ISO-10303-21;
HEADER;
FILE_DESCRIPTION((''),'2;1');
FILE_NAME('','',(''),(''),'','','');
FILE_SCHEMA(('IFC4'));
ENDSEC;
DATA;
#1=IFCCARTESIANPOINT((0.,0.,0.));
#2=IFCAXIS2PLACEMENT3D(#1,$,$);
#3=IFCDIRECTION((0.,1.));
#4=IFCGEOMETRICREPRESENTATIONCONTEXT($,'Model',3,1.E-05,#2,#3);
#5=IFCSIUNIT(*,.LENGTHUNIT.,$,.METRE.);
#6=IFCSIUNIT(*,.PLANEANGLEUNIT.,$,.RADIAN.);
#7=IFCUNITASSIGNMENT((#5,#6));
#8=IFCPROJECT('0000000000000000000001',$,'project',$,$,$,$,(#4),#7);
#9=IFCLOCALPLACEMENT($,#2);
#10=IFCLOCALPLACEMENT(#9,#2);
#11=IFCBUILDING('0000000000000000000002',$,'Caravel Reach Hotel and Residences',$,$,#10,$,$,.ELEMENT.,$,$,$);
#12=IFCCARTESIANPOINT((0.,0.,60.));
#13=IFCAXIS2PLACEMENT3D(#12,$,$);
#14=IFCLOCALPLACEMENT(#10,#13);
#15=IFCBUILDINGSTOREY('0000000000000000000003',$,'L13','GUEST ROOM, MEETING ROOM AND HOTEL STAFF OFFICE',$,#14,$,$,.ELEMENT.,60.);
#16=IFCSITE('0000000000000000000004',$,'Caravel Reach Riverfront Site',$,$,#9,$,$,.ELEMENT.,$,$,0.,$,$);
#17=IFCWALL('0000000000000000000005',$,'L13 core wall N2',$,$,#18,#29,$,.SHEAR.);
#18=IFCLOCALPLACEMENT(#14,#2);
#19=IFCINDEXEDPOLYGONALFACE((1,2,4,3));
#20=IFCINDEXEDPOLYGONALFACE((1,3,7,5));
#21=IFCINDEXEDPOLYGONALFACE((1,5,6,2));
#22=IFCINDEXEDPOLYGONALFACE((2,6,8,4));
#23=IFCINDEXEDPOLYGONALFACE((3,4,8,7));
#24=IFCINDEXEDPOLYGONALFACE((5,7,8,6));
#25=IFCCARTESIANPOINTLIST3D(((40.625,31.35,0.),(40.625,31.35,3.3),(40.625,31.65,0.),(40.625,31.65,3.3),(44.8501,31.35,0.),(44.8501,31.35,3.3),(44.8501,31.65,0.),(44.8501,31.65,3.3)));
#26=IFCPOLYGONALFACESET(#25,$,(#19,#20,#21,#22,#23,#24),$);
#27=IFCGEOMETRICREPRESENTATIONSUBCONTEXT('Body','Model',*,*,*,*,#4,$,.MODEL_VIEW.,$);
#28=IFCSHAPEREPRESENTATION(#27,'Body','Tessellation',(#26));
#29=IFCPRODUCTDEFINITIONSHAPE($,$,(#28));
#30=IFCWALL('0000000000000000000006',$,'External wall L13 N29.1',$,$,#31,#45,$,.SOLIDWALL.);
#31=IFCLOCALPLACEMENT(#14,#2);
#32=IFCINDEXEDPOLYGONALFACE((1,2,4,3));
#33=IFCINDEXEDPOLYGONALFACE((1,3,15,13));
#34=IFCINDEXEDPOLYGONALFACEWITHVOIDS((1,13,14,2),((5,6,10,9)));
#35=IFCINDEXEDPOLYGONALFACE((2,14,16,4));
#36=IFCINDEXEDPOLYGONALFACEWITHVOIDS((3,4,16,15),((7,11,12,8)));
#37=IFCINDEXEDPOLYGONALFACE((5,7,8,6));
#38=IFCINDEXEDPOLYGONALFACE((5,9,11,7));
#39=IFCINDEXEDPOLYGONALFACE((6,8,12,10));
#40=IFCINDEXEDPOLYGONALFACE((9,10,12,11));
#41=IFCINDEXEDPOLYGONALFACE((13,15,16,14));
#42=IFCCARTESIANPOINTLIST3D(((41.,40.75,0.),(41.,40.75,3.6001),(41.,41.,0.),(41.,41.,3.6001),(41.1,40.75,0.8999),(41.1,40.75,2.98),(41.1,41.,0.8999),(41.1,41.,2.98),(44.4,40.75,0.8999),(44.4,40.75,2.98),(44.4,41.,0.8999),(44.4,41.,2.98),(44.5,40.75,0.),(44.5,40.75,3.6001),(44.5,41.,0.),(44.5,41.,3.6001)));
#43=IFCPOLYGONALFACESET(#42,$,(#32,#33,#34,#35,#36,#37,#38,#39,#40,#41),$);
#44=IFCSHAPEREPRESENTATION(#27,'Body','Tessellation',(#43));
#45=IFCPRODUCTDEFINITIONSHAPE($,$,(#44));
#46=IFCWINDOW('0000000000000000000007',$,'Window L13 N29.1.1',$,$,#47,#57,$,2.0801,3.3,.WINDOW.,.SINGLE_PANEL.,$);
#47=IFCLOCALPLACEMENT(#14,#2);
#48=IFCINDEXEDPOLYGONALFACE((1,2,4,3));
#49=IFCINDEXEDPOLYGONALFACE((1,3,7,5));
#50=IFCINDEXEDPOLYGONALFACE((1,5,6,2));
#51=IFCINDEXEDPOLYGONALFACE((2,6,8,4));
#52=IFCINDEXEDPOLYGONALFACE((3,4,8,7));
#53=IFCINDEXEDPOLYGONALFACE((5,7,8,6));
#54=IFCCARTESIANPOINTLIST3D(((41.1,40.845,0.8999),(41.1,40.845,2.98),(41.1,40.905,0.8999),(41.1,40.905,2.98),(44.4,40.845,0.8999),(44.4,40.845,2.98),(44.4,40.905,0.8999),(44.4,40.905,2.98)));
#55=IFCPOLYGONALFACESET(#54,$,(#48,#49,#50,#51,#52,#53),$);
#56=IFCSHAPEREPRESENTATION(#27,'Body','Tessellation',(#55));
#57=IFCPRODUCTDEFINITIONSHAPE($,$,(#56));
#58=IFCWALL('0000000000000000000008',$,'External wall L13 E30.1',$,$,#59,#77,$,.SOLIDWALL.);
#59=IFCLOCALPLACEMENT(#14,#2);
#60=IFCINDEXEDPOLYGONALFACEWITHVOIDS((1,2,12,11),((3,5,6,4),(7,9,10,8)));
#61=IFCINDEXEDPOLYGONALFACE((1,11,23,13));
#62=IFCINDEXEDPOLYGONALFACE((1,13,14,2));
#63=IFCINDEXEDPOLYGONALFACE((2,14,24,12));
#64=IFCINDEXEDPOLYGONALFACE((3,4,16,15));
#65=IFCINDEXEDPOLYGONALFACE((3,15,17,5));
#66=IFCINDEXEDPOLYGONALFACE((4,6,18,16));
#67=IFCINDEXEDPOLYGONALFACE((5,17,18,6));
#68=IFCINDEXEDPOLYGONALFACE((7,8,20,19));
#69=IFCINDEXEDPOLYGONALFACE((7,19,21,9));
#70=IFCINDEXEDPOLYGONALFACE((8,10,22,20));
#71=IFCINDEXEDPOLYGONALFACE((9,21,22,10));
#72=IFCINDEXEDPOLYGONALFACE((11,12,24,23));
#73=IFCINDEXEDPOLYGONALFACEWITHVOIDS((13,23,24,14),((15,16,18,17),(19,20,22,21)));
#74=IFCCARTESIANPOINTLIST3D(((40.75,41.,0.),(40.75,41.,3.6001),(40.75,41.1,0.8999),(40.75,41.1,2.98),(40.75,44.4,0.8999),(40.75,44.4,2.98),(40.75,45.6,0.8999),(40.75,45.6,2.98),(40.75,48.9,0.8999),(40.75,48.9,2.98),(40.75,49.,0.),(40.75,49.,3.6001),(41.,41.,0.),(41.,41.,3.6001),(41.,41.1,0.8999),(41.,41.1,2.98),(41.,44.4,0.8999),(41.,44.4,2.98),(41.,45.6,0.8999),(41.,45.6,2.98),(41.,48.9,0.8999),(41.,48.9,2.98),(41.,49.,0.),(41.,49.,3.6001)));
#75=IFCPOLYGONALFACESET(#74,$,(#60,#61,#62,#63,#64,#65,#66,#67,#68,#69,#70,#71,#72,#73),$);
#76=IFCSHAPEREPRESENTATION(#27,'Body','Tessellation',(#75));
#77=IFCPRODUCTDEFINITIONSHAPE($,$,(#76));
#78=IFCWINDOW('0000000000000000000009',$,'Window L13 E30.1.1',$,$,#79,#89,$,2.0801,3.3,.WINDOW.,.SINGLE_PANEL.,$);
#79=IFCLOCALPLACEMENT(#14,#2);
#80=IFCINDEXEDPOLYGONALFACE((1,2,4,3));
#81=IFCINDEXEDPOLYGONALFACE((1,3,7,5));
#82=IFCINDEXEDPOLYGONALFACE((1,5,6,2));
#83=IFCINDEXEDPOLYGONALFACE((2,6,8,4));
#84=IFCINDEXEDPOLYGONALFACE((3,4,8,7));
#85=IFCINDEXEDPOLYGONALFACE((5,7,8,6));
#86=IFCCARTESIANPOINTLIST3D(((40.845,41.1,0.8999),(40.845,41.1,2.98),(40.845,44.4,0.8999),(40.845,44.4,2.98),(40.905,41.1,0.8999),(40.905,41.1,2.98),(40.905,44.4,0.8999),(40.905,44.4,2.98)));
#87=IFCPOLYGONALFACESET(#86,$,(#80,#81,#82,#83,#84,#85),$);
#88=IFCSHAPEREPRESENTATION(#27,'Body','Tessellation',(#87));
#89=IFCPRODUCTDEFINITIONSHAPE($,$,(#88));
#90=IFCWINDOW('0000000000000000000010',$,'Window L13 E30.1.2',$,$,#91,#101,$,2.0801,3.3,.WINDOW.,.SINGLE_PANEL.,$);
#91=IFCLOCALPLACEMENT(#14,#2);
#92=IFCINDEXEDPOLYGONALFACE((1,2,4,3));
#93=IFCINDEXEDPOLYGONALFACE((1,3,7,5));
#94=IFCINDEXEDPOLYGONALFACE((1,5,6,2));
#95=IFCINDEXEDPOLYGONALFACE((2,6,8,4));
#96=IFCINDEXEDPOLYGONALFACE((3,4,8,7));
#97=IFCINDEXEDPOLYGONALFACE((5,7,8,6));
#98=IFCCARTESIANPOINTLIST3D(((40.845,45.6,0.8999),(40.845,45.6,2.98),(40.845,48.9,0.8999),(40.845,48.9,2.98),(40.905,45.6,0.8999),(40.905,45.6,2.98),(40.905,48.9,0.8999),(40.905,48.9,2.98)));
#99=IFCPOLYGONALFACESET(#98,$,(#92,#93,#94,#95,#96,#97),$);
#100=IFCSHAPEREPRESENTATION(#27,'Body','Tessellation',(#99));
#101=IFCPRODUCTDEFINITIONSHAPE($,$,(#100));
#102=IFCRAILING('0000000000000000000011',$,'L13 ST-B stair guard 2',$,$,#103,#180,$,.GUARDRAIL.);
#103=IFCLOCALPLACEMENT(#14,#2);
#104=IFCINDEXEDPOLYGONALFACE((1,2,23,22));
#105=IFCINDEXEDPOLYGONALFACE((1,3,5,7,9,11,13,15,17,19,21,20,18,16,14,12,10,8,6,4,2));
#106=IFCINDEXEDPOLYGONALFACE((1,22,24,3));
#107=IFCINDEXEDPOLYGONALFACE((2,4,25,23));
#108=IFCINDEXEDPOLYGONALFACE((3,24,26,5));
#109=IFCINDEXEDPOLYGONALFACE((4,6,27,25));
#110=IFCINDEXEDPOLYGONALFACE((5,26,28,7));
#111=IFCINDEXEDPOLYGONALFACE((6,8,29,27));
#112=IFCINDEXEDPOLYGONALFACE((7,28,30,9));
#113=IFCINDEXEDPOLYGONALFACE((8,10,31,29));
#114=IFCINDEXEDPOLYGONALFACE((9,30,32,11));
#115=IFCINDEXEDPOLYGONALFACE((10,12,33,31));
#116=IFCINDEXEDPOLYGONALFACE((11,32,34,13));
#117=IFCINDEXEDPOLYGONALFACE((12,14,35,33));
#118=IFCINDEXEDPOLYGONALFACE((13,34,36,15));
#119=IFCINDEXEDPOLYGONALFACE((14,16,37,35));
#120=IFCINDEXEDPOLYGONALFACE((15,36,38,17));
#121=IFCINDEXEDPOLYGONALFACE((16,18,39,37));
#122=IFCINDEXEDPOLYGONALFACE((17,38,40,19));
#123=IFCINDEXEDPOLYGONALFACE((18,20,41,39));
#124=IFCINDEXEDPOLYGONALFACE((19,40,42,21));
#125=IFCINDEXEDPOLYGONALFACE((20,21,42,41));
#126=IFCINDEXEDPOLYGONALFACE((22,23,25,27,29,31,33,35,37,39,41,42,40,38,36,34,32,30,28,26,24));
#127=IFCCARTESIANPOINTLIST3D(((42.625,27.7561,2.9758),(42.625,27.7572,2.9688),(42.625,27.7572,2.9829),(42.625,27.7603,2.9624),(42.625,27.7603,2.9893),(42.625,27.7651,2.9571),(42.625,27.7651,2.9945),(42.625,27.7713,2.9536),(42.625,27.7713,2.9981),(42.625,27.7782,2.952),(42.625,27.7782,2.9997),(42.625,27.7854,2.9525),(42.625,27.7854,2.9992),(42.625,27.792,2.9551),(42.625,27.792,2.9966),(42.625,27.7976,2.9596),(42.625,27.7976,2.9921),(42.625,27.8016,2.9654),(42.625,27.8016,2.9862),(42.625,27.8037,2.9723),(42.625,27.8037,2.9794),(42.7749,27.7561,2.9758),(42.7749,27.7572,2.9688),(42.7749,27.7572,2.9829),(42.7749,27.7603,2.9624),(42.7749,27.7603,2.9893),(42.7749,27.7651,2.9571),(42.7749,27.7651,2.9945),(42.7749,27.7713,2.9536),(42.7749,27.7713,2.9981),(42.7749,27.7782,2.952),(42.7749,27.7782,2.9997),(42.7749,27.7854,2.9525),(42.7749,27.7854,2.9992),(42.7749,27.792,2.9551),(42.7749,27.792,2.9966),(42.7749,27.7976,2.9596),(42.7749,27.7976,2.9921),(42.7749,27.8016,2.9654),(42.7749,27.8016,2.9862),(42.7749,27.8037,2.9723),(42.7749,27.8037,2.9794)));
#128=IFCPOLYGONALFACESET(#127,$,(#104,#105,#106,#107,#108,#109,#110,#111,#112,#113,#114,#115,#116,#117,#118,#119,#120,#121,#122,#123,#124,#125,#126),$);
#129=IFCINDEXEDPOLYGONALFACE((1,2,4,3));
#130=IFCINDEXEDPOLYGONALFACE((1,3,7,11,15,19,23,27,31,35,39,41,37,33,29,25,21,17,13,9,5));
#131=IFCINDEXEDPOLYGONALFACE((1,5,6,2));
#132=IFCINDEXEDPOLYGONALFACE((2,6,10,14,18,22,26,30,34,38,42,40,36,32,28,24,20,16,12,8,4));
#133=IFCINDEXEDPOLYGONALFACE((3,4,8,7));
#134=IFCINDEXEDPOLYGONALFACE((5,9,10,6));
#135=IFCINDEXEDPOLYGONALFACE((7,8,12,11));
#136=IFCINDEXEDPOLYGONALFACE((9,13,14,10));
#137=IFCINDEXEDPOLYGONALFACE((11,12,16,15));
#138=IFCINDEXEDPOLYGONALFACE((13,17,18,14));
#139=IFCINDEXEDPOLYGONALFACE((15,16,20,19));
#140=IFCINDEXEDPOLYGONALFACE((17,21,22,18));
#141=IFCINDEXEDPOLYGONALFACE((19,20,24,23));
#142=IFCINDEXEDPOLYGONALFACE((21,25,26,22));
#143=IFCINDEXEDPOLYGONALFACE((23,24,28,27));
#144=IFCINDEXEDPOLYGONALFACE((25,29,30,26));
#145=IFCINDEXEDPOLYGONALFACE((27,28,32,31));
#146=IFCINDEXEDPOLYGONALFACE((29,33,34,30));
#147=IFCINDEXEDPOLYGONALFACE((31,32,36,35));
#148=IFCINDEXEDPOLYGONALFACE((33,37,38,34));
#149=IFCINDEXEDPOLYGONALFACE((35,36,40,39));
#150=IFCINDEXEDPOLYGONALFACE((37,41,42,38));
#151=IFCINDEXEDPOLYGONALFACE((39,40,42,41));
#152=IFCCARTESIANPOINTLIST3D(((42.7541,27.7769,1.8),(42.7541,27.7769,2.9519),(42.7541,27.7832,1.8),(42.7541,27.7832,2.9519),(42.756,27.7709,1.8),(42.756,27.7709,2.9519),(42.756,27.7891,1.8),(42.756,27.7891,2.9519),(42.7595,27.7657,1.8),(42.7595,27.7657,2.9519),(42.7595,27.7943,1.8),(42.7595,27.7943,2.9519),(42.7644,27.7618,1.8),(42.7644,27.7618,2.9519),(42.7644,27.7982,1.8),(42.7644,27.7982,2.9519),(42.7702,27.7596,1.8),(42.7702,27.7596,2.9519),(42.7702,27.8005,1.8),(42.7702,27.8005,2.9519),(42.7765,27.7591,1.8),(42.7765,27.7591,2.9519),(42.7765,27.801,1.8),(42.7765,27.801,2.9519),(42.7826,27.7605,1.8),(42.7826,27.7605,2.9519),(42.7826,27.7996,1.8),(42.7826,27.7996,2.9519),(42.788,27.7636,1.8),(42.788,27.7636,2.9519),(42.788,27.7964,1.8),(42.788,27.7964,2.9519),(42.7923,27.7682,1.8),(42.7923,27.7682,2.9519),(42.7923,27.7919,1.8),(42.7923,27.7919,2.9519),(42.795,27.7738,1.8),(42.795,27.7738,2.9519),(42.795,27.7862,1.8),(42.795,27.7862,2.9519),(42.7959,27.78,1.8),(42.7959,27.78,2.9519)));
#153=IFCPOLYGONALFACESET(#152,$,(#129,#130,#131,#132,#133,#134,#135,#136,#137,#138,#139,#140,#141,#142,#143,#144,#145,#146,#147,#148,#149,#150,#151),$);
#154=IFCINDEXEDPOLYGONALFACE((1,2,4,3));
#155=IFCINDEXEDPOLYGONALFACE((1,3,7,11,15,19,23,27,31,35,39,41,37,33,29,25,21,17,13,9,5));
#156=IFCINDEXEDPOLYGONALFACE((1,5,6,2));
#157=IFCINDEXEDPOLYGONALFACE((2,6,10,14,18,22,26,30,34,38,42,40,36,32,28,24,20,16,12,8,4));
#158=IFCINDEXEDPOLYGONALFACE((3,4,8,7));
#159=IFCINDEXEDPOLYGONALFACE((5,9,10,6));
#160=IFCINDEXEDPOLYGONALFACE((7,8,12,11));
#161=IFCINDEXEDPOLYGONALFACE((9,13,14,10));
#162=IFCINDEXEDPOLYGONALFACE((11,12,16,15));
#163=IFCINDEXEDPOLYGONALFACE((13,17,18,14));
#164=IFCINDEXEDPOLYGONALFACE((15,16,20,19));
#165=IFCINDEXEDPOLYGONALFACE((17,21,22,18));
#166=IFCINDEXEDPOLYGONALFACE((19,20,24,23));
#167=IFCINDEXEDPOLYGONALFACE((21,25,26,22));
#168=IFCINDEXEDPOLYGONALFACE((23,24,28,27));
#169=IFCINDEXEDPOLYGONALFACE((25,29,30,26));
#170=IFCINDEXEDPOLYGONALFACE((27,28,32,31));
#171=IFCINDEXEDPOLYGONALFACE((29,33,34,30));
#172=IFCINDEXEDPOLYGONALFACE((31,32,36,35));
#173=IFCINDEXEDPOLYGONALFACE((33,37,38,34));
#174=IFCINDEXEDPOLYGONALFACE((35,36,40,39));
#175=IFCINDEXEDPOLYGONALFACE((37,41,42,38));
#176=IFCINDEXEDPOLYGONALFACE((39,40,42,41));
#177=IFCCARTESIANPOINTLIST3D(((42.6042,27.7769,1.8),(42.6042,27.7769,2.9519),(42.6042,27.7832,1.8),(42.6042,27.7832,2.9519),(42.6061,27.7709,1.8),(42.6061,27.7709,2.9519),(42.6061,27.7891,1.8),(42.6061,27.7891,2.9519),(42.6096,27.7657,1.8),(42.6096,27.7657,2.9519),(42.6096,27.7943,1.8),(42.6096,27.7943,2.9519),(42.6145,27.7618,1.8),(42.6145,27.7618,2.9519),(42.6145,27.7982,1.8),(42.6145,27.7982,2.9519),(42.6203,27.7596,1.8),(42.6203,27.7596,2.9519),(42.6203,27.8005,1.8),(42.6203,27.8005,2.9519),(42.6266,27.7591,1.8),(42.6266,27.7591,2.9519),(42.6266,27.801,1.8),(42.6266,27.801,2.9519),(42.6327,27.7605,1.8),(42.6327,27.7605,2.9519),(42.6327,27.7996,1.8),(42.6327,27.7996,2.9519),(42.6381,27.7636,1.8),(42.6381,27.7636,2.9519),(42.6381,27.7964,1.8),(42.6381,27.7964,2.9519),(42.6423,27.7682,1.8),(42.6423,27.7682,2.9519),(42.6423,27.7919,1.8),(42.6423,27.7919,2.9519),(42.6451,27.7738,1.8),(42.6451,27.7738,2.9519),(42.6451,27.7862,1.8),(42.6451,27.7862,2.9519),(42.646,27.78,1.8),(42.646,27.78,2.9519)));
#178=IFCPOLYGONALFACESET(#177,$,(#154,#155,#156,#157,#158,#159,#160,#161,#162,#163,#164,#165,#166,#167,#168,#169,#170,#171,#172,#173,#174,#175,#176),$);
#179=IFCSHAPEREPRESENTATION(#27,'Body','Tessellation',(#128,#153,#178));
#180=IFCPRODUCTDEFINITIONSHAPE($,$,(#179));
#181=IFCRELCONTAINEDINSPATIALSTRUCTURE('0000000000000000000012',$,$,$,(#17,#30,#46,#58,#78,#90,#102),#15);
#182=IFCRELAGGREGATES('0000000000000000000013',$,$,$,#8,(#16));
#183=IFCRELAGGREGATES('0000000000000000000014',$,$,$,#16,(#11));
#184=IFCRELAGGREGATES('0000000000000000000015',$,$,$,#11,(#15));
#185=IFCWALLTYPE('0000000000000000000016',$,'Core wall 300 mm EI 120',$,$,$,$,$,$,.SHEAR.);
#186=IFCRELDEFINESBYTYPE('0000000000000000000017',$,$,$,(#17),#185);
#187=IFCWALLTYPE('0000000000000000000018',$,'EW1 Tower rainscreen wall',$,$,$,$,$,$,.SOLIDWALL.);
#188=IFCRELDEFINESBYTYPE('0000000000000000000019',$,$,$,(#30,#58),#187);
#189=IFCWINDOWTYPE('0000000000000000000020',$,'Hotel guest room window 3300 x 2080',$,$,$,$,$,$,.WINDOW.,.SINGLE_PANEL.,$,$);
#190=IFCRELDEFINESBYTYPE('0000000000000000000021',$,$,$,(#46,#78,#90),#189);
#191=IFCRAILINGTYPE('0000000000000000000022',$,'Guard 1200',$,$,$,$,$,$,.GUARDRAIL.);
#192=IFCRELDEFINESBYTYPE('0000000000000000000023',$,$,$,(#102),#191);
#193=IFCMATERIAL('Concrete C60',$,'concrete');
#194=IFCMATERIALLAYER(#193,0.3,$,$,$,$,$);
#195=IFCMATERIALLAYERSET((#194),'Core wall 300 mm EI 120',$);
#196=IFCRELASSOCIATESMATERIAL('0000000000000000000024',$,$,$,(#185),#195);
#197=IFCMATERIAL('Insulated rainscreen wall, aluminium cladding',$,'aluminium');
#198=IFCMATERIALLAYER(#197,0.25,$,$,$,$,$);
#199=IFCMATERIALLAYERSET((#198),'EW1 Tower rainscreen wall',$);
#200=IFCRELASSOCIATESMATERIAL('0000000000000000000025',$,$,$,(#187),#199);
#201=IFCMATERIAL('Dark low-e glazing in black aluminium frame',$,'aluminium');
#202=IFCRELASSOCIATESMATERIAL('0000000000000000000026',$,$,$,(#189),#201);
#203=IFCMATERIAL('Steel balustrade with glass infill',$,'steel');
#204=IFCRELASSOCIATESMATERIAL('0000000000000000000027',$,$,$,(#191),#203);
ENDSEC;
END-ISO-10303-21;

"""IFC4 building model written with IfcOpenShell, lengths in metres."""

from ifc_helpers import new_model, si_unit, direction, frame, frame_2d, origin, origin_2d, place, context, subcontext, project, spatial, rectangle, circle, extrude, material, layer, layer_set, type_object, element, fill, save


model = new_model("IFC4")

# Units and contexts
model_context = context("Model", 3, precision=1e-05, world=origin(), true_north=direction((0.0, 1.0)))
body_context = subcontext(model_context, "Body", "Model", "MODEL_VIEW")
ifc_project = project(units=[si_unit("LENGTHUNIT", "METRE"), si_unit("PLANEANGLEUNIT", "RADIAN")], contexts=[model_context])

# Site, building, storey
site_placement = place(None, origin())
site = spatial("IfcSite", under=ifc_project, at=site_placement, Name="Caravel Reach Riverfront Site", CompositionType="ELEMENT", RefElevation=0.0)
building_placement = place(site_placement, origin())
building = spatial("IfcBuilding", under=site, at=building_placement, Name="Caravel Reach Hotel and Residences", CompositionType="ELEMENT")
storey_placement = place(building_placement, frame((0.0, 0.0, 60.0)))
storey = spatial("IfcBuildingStorey", under=building, at=storey_placement, Name="L13", Description="GUEST ROOM, MEETING ROOM AND HOTEL STAFF OFFICE", CompositionType="ELEMENT", Elevation=60.0)

# Wall
ifc_material_1 = material(Name="Concrete C60", Category="concrete")
ifc_layer_1 = layer(ifc_material_1, 0.3)
ifc_layer_set_1 = layer_set([ifc_layer_1], Name="Core wall 300 mm EI 120")
wall_type_1 = type_object("IfcWallType", Name="Core wall 300 mm EI 120", PredefinedType="SHEAR", material=ifc_layer_set_1)
wall_1_placement = place(storey_placement, frame((40.625, 31.5, 0.0), z_axis=(0.0, 0.0, 1.0), x_axis=(1.0, 0.0, 0.0)))
element("IfcWall", 1, at=wall_1_placement, inside=storey, type_object=wall_type_1, Name="L13 core wall N2", PredefinedType="SHEAR", context=body_context, shape_type="SweptSolid", body=[
    extrude(rectangle(XDim=4.2251, YDim=0.3, at=frame_2d((2.1125, 0.0))), origin(), (0.0, 0.0, 1.0), 3.3),
])

# Wall, opening, window
ifc_material_2 = material(Name="Insulated rainscreen wall, aluminium cladding", Category="aluminium")
ifc_layer_2 = layer(ifc_material_2, 0.25)
ifc_layer_set_2 = layer_set([ifc_layer_2], Name="EW1 Tower rainscreen wall")
wall_type_2 = type_object("IfcWallType", Name="EW1 Tower rainscreen wall", PredefinedType="SOLIDWALL", material=ifc_layer_set_2)
wall_2_placement = place(storey_placement, frame((44.5, 40.875, 0.0), z_axis=(0.0, 0.0, 1.0), x_axis=(-1.0, 0.0, 0.0)))
wall_2 = element("IfcWall", 2, at=wall_2_placement, inside=storey, type_object=wall_type_2, Name="External wall L13 N29.1", PredefinedType="SOLIDWALL", context=body_context, shape_type="SweptSolid", body=[
    extrude(rectangle(XDim=3.5, YDim=0.25, at=frame_2d((1.75, 0.0))), origin(), (0.0, 0.0, 1.0), 3.6001),
])
opening_1_placement = place(wall_2_placement, frame((0.1001, 0.0, 0.8999)))
opening_1 = element("IfcOpeningElement", 3, at=opening_1_placement, cuts=wall_2, PredefinedType="OPENING", context=body_context, shape_type="SweptSolid", body=[
    extrude(rectangle(XDim=3.3, YDim=2.0801, at=frame_2d((1.6499, 1.04))), frame((0.0, 0.135, 0.0), z_axis=(0.0, -1.0, 0.0), x_axis=(1.0, 0.0, 0.0)), (0.0, 0.0, 1.0), 0.27),
])
ifc_material_3 = material(Name="Dark low-e glazing in black aluminium frame", Category="aluminium")
window_type = type_object("IfcWindowType", Name="Hotel guest room window 3300 x 2080", PartitioningType="SINGLE_PANEL", PredefinedType="WINDOW", material=ifc_material_3)
window_1_placement = place(opening_1_placement, origin())
window_1 = element("IfcWindow", 4, at=window_1_placement, inside=storey, type_object=window_type, Name="Window L13 N29.1.1", OverallHeight=2.0801, OverallWidth=3.3, PartitioningType="SINGLE_PANEL", PredefinedType="WINDOW", context=body_context, shape_type="SweptSolid", body=[
    extrude(rectangle(XDim=3.3, YDim=2.0801, at=frame_2d((1.6499, 1.04))), frame((0.0, 0.03, 0.0), z_axis=(0.0, -1.0, 0.0), x_axis=(1.0, 0.0, 0.0)), (0.0, 0.0, 1.0), 0.0601),
])
fill(opening_1, window_1)

# Wall, openings, windows
wall_3_placement = place(storey_placement, frame((40.875, 41.0, 0.0), z_axis=(0.0, 0.0, 1.0), x_axis=(0.0, 1.0, 0.0)))
wall_3 = element("IfcWall", 5, at=wall_3_placement, inside=storey, type_object=wall_type_2, Name="External wall L13 E30.1", PredefinedType="SOLIDWALL", context=body_context, shape_type="SweptSolid", body=[
    extrude(rectangle(XDim=8.0, YDim=0.25, at=frame_2d((4.0, 0.0))), origin(), (0.0, 0.0, 1.0), 3.6001),
])
opening_2_placement = place(wall_3_placement, frame((0.1001, 0.0, 0.8999)))
opening_2 = element("IfcOpeningElement", 6, at=opening_2_placement, cuts=wall_3, PredefinedType="OPENING", context=body_context, shape_type="SweptSolid", body=[
    extrude(rectangle(XDim=3.3, YDim=2.0801, at=frame_2d((1.6499, 1.04))), frame((0.0, 0.135, 0.0), z_axis=(0.0, -1.0, 0.0), x_axis=(1.0, 0.0, 0.0)), (0.0, 0.0, 1.0), 0.27),
])
opening_3_placement = place(wall_3_placement, frame((4.6001, 0.0, 0.8999)))
opening_3 = element("IfcOpeningElement", 7, at=opening_3_placement, cuts=wall_3, PredefinedType="OPENING", context=body_context, shape_type="SweptSolid", body=[
    extrude(rectangle(XDim=3.3, YDim=2.0801, at=frame_2d((1.6499, 1.04))), frame((0.0, 0.135, 0.0), z_axis=(0.0, -1.0, 0.0), x_axis=(1.0, 0.0, 0.0)), (0.0, 0.0, 1.0), 0.27),
])
window_2_placement = place(opening_2_placement, origin())
window_2 = element("IfcWindow", 8, at=window_2_placement, inside=storey, type_object=window_type, Name="Window L13 E30.1.1", OverallHeight=2.0801, OverallWidth=3.3, PartitioningType="SINGLE_PANEL", PredefinedType="WINDOW", context=body_context, shape_type="SweptSolid", body=[
    extrude(rectangle(XDim=3.3, YDim=2.0801, at=frame_2d((1.6499, 1.04))), frame((0.0, 0.03, 0.0), z_axis=(0.0, -1.0, 0.0), x_axis=(1.0, 0.0, 0.0)), (0.0, 0.0, 1.0), 0.0601),
])
fill(opening_2, window_2)
window_3_placement = place(opening_3_placement, origin())
window_3 = element("IfcWindow", 9, at=window_3_placement, inside=storey, type_object=window_type, Name="Window L13 E30.1.2", OverallHeight=2.0801, OverallWidth=3.3, PartitioningType="SINGLE_PANEL", PredefinedType="WINDOW", context=body_context, shape_type="SweptSolid", body=[
    extrude(rectangle(XDim=3.3, YDim=2.0801, at=frame_2d((1.6499, 1.04))), frame((0.0, 0.03, 0.0), z_axis=(0.0, -1.0, 0.0), x_axis=(1.0, 0.0, 0.0)), (0.0, 0.0, 1.0), 0.0601),
])
fill(opening_3, window_3)

# Railing
ifc_material_4 = material(Name="Steel balustrade with glass infill", Category="steel")
railing_type_1 = type_object("IfcRailingType", Name="Guard 1200", PredefinedType="GUARDRAIL", material=ifc_material_4)
railing_1_placement = place(storey_placement, frame((42.7749, 27.78, 1.8)))
element("IfcRailing", 10, at=railing_1_placement, inside=storey, type_object=railing_type_1, Name="L13 ST-B stair guard 2", PredefinedType="GUARDRAIL", context=body_context, shape_type="SweptSolid", body=[
    extrude(circle(Radius=0.0239, at=origin_2d()), frame((0.0, 0.0, 1.1758), z_axis=(-1.0, 0.0, 0.0), x_axis=(0.0, -1.0, 0.0)), (0.0, 0.0, 1.0), 0.1499),
    extrude(circle(Radius=0.021, at=origin_2d()), origin(), (0.0, 0.0, 1.0), 1.1519),
    extrude(circle(Radius=0.021, at=origin_2d()), frame((-0.1499, 0.0, 0.0)), (0.0, 0.0, 1.0), 1.1519),
])

save(model, "model.ifc")
